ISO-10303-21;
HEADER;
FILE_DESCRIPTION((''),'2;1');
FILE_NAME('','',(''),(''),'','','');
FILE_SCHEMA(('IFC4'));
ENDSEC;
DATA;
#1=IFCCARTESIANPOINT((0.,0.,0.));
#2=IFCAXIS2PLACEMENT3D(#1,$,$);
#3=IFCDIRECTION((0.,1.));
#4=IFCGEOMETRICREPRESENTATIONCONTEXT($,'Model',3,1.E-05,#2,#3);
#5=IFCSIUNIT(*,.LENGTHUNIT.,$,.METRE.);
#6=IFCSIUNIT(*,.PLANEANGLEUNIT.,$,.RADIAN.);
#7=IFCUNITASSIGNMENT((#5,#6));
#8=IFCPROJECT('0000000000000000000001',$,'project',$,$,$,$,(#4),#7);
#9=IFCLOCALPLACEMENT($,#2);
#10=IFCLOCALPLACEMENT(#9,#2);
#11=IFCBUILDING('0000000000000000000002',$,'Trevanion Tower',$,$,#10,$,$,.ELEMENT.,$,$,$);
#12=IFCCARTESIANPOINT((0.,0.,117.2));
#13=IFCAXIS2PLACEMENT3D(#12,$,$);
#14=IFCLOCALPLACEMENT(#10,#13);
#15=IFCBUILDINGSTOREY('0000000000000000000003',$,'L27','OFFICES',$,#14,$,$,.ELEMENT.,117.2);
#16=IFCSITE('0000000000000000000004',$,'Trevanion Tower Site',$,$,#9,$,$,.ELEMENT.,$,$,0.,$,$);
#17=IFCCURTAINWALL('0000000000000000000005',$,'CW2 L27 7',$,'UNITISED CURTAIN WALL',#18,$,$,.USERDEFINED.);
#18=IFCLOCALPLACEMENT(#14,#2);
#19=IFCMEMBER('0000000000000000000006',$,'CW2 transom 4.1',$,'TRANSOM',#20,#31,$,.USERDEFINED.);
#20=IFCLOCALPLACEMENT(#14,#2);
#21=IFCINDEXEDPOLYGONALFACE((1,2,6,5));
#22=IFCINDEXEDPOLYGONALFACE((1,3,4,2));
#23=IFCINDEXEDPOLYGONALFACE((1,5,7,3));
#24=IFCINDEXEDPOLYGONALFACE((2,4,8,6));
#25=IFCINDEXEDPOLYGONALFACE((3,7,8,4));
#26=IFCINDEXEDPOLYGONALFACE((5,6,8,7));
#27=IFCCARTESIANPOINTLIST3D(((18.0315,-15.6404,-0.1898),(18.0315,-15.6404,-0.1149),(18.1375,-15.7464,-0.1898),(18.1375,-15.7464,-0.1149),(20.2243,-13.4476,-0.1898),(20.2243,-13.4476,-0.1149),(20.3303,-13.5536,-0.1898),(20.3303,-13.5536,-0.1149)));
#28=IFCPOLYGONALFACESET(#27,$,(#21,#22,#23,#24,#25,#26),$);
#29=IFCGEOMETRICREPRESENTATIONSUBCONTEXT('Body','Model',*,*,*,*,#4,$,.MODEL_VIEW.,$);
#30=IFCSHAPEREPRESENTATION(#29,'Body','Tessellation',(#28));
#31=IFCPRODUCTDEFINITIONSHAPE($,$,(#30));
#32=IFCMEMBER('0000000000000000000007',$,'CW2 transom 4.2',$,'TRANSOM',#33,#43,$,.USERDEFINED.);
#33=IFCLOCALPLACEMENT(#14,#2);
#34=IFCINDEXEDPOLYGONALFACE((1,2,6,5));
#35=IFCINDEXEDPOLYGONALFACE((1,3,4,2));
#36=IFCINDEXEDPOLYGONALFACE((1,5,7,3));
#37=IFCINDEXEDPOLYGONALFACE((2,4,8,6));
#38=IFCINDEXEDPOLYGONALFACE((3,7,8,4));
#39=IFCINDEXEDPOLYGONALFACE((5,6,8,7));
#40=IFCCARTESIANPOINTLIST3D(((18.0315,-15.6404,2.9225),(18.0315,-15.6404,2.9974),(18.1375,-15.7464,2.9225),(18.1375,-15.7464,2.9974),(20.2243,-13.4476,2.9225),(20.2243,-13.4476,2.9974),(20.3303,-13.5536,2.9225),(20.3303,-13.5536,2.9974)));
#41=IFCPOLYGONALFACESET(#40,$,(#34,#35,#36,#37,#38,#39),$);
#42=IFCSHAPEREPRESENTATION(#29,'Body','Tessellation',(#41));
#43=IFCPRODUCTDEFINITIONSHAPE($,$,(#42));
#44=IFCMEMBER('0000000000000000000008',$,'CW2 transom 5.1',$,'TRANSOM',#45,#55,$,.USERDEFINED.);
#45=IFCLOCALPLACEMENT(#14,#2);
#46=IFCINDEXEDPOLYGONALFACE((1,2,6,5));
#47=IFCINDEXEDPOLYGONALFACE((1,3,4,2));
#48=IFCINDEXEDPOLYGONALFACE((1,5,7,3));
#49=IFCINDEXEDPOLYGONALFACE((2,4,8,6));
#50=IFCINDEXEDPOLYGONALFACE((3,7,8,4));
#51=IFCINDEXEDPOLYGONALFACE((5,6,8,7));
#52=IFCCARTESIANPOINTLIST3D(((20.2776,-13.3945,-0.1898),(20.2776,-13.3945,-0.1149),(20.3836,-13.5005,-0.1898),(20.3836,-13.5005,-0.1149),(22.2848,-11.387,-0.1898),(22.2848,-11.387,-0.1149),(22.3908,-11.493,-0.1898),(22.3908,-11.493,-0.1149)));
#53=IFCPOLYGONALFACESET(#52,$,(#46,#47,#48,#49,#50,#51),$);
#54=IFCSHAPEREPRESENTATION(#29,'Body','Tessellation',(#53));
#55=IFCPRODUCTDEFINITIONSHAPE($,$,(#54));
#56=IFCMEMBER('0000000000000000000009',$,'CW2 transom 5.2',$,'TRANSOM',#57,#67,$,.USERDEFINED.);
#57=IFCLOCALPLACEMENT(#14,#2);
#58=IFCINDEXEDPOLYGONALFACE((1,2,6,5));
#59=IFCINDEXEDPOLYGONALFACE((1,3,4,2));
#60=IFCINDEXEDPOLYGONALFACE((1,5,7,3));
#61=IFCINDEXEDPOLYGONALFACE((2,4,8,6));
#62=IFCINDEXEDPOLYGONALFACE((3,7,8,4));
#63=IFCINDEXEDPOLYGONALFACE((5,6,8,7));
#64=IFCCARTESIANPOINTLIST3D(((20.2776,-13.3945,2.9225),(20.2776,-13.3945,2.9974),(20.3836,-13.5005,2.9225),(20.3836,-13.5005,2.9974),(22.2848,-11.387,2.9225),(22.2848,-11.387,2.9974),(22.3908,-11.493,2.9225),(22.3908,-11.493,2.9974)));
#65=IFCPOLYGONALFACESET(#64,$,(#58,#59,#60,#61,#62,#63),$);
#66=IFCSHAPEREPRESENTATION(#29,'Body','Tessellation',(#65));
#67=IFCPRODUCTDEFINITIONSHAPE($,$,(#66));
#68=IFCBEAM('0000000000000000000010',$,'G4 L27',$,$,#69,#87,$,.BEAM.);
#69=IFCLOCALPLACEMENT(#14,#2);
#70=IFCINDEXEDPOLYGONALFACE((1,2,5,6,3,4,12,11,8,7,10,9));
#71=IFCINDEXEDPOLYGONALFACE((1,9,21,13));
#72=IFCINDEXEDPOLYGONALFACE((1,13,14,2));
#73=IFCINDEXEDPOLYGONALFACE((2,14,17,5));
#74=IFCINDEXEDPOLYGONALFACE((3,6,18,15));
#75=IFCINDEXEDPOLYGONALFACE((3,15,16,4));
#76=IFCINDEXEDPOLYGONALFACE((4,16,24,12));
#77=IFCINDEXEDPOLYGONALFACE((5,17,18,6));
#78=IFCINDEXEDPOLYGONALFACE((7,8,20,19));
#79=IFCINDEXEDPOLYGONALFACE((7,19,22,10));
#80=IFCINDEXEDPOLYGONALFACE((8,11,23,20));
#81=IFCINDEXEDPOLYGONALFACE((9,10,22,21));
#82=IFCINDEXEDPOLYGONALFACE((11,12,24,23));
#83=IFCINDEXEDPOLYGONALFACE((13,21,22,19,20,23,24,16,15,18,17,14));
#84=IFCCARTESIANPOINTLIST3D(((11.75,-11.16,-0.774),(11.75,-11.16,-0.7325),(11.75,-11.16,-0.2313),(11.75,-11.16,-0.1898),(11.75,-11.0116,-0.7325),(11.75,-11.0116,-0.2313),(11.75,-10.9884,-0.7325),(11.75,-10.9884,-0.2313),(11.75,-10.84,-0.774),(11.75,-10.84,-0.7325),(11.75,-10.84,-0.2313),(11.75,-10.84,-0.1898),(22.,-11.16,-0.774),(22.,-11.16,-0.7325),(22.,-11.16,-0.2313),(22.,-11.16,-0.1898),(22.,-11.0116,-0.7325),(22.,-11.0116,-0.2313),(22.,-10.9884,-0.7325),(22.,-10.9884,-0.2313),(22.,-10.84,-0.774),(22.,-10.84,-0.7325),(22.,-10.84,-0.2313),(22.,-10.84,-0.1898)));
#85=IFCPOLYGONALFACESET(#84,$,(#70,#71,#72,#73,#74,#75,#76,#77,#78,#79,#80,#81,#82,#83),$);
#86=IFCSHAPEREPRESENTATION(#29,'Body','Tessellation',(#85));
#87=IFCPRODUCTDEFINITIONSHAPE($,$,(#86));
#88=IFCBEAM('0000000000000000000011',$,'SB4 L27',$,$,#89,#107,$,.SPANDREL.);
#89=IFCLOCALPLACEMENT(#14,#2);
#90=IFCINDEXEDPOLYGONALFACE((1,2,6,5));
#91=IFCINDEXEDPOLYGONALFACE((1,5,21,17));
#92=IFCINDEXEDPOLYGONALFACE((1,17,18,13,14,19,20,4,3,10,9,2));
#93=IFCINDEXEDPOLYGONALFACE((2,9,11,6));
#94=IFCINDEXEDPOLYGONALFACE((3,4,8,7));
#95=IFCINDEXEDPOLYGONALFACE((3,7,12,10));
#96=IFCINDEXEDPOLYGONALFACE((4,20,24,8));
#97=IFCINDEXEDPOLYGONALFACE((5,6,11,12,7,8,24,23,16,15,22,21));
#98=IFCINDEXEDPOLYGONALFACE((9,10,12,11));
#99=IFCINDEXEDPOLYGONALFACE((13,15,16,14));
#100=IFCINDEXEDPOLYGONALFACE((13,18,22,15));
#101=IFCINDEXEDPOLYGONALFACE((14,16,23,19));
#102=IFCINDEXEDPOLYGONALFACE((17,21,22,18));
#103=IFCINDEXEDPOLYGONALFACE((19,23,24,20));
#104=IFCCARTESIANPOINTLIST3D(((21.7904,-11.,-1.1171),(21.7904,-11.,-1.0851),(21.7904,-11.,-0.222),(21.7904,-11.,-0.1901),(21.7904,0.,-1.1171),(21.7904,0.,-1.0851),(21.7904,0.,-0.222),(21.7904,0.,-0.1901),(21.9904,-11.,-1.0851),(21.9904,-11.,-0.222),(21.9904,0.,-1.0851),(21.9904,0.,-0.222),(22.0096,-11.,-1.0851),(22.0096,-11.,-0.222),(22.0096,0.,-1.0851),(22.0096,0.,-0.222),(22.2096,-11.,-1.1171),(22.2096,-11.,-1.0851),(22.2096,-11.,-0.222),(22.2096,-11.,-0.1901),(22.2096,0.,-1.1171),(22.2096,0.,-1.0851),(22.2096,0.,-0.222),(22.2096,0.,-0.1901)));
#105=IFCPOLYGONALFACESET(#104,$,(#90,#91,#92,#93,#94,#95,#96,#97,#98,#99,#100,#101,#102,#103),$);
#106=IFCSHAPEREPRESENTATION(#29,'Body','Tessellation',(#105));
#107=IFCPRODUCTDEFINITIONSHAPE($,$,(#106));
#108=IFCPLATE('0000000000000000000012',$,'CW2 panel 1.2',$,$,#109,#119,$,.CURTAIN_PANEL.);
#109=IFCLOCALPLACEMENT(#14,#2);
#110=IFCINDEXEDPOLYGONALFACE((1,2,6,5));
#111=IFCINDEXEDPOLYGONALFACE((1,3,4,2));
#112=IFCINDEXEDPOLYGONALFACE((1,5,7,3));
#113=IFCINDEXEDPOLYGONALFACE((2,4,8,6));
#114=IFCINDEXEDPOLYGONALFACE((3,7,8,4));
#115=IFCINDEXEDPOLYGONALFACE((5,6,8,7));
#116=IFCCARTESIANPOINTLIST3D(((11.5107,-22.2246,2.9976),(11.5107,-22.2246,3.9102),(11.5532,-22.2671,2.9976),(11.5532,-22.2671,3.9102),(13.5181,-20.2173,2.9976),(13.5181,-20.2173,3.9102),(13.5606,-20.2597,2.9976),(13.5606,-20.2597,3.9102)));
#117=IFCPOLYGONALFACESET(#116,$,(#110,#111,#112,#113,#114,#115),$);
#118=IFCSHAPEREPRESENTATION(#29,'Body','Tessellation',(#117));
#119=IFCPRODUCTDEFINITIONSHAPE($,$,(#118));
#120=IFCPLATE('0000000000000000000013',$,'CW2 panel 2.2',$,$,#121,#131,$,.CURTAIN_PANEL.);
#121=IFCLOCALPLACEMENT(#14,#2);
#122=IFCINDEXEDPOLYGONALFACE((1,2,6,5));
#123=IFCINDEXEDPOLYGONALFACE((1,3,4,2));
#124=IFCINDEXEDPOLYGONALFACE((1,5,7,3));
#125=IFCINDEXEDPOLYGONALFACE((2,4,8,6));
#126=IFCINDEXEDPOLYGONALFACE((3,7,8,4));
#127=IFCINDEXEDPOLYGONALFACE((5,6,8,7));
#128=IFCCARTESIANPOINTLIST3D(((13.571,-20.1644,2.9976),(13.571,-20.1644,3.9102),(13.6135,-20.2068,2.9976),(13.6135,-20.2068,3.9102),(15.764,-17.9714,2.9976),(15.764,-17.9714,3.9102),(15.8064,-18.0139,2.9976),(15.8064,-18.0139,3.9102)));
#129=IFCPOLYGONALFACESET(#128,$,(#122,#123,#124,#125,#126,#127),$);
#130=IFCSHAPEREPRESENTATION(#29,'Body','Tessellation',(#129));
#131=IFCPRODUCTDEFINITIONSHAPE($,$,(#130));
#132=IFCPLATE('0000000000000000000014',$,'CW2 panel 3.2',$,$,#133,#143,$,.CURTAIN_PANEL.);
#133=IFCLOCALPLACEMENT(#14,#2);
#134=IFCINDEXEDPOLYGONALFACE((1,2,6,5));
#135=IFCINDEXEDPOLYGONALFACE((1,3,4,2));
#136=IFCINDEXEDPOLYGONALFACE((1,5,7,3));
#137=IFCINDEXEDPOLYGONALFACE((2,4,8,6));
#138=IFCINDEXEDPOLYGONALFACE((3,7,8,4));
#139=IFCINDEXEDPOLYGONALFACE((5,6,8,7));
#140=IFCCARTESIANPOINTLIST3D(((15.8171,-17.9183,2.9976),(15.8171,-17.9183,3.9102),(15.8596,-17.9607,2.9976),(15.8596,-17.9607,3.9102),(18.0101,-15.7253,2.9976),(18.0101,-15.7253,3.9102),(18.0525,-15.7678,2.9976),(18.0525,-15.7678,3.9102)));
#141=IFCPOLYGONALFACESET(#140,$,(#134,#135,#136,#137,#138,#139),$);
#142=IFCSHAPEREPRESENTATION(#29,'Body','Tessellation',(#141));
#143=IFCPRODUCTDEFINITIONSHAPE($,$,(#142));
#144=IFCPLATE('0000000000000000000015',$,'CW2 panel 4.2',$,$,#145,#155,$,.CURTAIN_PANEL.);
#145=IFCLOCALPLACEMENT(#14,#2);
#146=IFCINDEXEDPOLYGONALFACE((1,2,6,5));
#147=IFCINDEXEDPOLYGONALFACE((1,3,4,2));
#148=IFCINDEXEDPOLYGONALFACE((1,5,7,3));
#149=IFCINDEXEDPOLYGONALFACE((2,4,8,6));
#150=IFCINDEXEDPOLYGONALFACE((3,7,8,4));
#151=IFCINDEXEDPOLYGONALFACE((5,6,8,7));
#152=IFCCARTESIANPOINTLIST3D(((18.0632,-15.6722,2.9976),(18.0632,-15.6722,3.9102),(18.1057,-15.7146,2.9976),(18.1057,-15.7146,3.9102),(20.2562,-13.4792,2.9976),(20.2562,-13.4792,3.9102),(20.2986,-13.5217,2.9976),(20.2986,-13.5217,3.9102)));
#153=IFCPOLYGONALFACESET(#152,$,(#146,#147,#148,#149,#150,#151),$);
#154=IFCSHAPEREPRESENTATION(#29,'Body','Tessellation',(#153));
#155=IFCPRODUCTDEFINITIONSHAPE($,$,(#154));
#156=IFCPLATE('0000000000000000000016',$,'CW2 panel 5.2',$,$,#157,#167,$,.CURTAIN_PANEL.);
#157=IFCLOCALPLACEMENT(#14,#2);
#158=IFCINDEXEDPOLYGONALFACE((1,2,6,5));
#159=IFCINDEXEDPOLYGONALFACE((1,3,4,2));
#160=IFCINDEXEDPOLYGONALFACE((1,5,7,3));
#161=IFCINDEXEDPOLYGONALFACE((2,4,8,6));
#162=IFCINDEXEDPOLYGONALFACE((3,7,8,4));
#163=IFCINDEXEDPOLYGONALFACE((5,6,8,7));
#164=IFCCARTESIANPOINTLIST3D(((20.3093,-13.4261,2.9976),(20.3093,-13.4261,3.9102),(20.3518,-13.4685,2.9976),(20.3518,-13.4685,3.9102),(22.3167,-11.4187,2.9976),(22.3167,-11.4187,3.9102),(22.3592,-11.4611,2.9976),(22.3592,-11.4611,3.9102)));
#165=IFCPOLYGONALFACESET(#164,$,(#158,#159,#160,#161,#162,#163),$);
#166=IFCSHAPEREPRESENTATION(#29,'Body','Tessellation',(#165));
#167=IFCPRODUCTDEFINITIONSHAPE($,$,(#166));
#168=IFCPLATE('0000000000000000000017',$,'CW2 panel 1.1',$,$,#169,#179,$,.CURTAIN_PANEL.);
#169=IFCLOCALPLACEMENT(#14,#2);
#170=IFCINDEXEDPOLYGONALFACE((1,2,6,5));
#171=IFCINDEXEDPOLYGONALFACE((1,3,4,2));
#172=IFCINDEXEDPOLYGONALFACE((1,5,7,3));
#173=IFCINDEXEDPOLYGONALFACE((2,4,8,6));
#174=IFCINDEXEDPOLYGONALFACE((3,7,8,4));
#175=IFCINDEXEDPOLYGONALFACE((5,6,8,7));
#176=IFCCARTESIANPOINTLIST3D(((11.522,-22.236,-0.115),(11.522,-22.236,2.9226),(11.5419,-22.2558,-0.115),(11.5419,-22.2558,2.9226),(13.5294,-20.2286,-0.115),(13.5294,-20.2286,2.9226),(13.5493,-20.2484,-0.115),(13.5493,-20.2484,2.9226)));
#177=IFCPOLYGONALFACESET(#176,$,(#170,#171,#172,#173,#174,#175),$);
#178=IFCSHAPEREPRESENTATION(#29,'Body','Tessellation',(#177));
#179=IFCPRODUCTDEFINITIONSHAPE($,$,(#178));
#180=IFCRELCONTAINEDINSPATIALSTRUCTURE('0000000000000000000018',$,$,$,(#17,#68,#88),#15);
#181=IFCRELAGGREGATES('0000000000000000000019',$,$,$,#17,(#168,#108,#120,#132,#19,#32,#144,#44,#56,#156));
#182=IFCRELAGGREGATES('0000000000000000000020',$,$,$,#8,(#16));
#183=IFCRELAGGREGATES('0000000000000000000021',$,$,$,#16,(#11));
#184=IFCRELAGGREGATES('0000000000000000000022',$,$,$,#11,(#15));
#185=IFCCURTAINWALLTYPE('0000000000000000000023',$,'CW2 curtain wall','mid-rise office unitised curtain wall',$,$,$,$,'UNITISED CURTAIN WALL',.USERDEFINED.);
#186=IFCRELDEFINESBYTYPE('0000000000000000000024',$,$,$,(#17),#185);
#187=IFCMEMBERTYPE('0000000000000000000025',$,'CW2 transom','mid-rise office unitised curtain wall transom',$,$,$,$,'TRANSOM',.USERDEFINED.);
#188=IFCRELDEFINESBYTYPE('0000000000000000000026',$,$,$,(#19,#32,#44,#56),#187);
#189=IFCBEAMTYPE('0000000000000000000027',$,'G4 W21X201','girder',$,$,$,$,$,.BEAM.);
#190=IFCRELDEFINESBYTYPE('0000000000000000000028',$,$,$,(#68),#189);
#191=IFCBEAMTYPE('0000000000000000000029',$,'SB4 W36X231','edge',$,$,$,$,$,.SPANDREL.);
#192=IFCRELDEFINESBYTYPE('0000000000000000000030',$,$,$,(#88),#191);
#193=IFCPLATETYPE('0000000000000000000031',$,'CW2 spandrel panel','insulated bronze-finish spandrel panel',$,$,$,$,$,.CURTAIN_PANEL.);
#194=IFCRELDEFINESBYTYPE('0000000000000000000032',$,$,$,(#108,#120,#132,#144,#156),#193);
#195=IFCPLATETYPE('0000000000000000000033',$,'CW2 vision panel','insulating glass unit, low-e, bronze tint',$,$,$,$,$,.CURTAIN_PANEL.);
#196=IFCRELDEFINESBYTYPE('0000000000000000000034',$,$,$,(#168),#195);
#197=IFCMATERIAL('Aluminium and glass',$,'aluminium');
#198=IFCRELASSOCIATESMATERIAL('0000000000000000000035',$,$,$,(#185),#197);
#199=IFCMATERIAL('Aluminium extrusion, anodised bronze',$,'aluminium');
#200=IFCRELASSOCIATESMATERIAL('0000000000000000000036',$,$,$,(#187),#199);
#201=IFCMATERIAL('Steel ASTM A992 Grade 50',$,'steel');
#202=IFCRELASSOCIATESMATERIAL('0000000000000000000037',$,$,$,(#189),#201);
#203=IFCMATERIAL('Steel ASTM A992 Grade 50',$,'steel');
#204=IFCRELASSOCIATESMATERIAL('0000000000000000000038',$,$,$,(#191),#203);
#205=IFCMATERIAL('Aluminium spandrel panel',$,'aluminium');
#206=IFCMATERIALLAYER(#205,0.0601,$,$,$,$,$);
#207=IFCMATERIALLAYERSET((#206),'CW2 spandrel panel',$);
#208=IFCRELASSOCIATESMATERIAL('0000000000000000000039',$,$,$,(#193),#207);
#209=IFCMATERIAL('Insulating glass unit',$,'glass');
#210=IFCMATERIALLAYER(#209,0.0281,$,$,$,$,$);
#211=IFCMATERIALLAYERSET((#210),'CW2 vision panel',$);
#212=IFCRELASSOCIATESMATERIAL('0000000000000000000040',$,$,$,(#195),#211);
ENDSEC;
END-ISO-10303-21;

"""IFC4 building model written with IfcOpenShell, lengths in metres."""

from ifc_helpers import new_model, si_unit, direction, frame, origin, origin_2d, place, context, subcontext, project, spatial, rectangle, i_section, extrude, material, layer, layer_set, material_profile, profile_set, type_object, element, aggregate, save


model = new_model("IFC4")

# Units and contexts
model_context = context("Model", 3, precision=1e-05, world=origin(), true_north=direction((0.0, 1.0)))
body_context = subcontext(model_context, "Body", "Model", "MODEL_VIEW")
ifc_project = project(units=[si_unit("LENGTHUNIT", "METRE"), si_unit("PLANEANGLEUNIT", "RADIAN")], contexts=[model_context])

# Site, building, storey
site_placement = place(None, origin())
site = spatial("IfcSite", under=ifc_project, at=site_placement, Name="Trevanion Tower Site", CompositionType="ELEMENT", RefElevation=0.0)
building_placement = place(site_placement, origin())
building = spatial("IfcBuilding", under=site, at=building_placement, Name="Trevanion Tower", CompositionType="ELEMENT")
storey_placement = place(building_placement, frame((0.0, 0.0, 117.2)))
storey = spatial("IfcBuildingStorey", under=building, at=storey_placement, Name="L27", Description="OFFICES", CompositionType="ELEMENT", Elevation=117.2)

# Curtain wall, members
ifc_material_1 = material(Name="Aluminium and glass", Category="aluminium")
curtain_wall_type = type_object("IfcCurtainWallType", Name="CW2 curtain wall", Description="mid-rise office unitised curtain wall", ElementType="UNITISED CURTAIN WALL", PredefinedType="USERDEFINED", material=ifc_material_1)
curtain_wall_placement = place(storey_placement, origin())
curtain_wall = element("IfcCurtainWall", 1, at=curtain_wall_placement, inside=storey, type_object=curtain_wall_type, Name="CW2 L27 7", ObjectType="UNITISED CURTAIN WALL", PredefinedType="USERDEFINED")
ifc_material_2 = material(Name="Aluminium extrusion, anodised bronze", Category="aluminium")
ifc_material_profile_1 = material_profile(ifc_material_2, rectangle(XDim=0.1499, YDim=0.075, at=origin_2d()), Name="CW2 transom")
ifc_profile_set_1 = profile_set([ifc_material_profile_1], Name="Aluminium extrusion, anodised bronze")
member_type_1 = type_object("IfcMemberType", Name="CW2 transom", Description="mid-rise office unitised curtain wall transom", ElementType="TRANSOM", PredefinedType="USERDEFINED", material=ifc_profile_set_1)
member_1_placement = place(storey_placement, frame((18.0845, -15.6934, -0.1523), z_axis=(0.707107, 0.707107, 0.0), x_axis=(-0.707107, 0.707107, 0.0)))
member_1 = element("IfcMember", 2, at=member_1_placement, type_object=member_type_1, Name="CW2 transom 4.1", ObjectType="TRANSOM", PredefinedType="USERDEFINED", context=body_context, shape_type="SweptSolid", body=[
    extrude(rectangle(XDim=0.1499, YDim=0.075, at=origin_2d()), origin(), (0.0, 0.0, 1.0), 3.1011),
])
member_2_placement = place(storey_placement, frame((18.0845, -15.6934, 2.96), z_axis=(0.707107, 0.707107, 0.0), x_axis=(-0.707107, 0.707107, 0.0)))
member_2 = element("IfcMember", 3, at=member_2_placement, type_object=member_type_1, Name="CW2 transom 4.2", ObjectType="TRANSOM", PredefinedType="USERDEFINED", context=body_context, shape_type="SweptSolid", body=[
    extrude(rectangle(XDim=0.1499, YDim=0.075, at=origin_2d()), origin(), (0.0, 0.0, 1.0), 3.1011),
])
member_3_placement = place(storey_placement, frame((20.3306, -13.4475, -0.1523), z_axis=(0.707064, 0.70715, 0.0), x_axis=(-0.70715, 0.707064, 0.0)))
member_3 = element("IfcMember", 4, at=member_3_placement, type_object=member_type_1, Name="CW2 transom 5.1", ObjectType="TRANSOM", PredefinedType="USERDEFINED", context=body_context, shape_type="SweptSolid", body=[
    extrude(rectangle(XDim=0.1499, YDim=0.075, at=origin_2d()), origin(), (0.0, 0.0, 1.0), 2.8389),
])
member_4_placement = place(storey_placement, frame((20.3306, -13.4475, 2.96), z_axis=(0.707064, 0.70715, 0.0), x_axis=(-0.70715, 0.707064, 0.0)))
member_4 = element("IfcMember", 5, at=member_4_placement, type_object=member_type_1, Name="CW2 transom 5.2", ObjectType="TRANSOM", PredefinedType="USERDEFINED", context=body_context, shape_type="SweptSolid", body=[
    extrude(rectangle(XDim=0.1499, YDim=0.075, at=origin_2d()), origin(), (0.0, 0.0, 1.0), 2.8389),
])

# Beams
ifc_material_3 = material(Name="Steel ASTM A992 Grade 50", Category="steel")
ifc_material_profile_2 = material_profile(ifc_material_3, i_section(OverallWidth=0.3201, OverallDepth=0.5842, WebThickness=0.0232, FlangeThickness=0.0415, at=origin_2d()), Name="W21X201")
ifc_profile_set_2 = profile_set([ifc_material_profile_2], Name="Steel ASTM A992 Grade 50")
beam_type_1 = type_object("IfcBeamType", Name="G4 W21X201", Description="girder", PredefinedType="BEAM", material=ifc_profile_set_2)
beam_1_placement = place(storey_placement, frame((11.75, -11.0, -0.4819), z_axis=(1.0, 0.0, 0.0), x_axis=(0.0, 1.0, 0.0)))
element("IfcBeam", 6, at=beam_1_placement, inside=storey, type_object=beam_type_1, Name="G4 L27", PredefinedType="BEAM", context=body_context, shape_type="SweptSolid", body=[
    extrude(i_section(OverallWidth=0.3201, OverallDepth=0.5842, WebThickness=0.0232, FlangeThickness=0.0415, at=origin_2d()), origin(), (0.0, 0.0, 1.0), 10.25),
])
ifc_material_4 = material(Name="Steel ASTM A992 Grade 50", Category="steel")
ifc_material_profile_3 = material_profile(ifc_material_4, i_section(OverallWidth=0.4192, OverallDepth=0.927, WebThickness=0.0193, FlangeThickness=0.032, at=origin_2d()), Name="W36X231")
ifc_profile_set_3 = profile_set([ifc_material_profile_3], Name="Steel ASTM A992 Grade 50")
beam_type_2 = type_object("IfcBeamType", Name="SB4 W36X231", Description="edge", PredefinedType="SPANDREL", material=ifc_profile_set_3)
beam_2_placement = place(storey_placement, frame((22.0, -11.0, -0.6536), z_axis=(0.0, 1.0, 0.0), x_axis=(-1.0, 0.0, 0.0)))
element("IfcBeam", 7, at=beam_2_placement, inside=storey, type_object=beam_type_2, Name="SB4 L27", PredefinedType="SPANDREL", context=body_context, shape_type="SweptSolid", body=[
    extrude(i_section(OverallWidth=0.4192, OverallDepth=0.927, WebThickness=0.0193, FlangeThickness=0.032, at=origin_2d()), origin(), (0.0, 0.0, 1.0), 11.0),
])

# Plates
ifc_material_5 = material(Name="Aluminium spandrel panel", Category="aluminium")
ifc_layer_1 = layer(ifc_material_5, 0.0601)
ifc_layer_set_1 = layer_set([ifc_layer_1], Name="CW2 spandrel panel")
plate_type_1 = type_object("IfcPlateType", Name="CW2 spandrel panel", Description="insulated bronze-finish spandrel panel", PredefinedType="CURTAIN_PANEL", material=ifc_layer_set_1)
plate_1_placement = place(storey_placement, frame((12.5356, -21.2422, 2.9976), z_axis=(0.0, 0.0, 1.0), x_axis=(0.707107, 0.707107, 0.0)))
plate_1 = element("IfcPlate", 8, at=plate_1_placement, type_object=plate_type_1, Name="CW2 panel 1.2", PredefinedType="CURTAIN_PANEL", context=body_context, shape_type="SweptSolid", body=[
    extrude(rectangle(XDim=2.8389, YDim=0.0601, at=origin_2d()), origin(), (0.0, 0.0, 1.0), 0.9126),
])
plate_2_placement = place(storey_placement, frame((14.6887, -19.0891, 2.9976), z_axis=(0.0, 0.0, 1.0), x_axis=(0.707107, 0.707107, 0.0)))
plate_2 = element("IfcPlate", 9, at=plate_2_placement, type_object=plate_type_1, Name="CW2 panel 2.2", PredefinedType="CURTAIN_PANEL", context=body_context, shape_type="SweptSolid", body=[
    extrude(rectangle(XDim=3.1013, YDim=0.0601, at=origin_2d()), origin(), (0.0, 0.0, 1.0), 0.9126),
])
plate_3_placement = place(storey_placement, frame((16.9348, -16.843, 2.9976), z_axis=(0.0, 0.0, 1.0), x_axis=(0.707107, 0.707107, 0.0)))
plate_3 = element("IfcPlate", 10, at=plate_3_placement, type_object=plate_type_1, Name="CW2 panel 3.2", PredefinedType="CURTAIN_PANEL", context=body_context, shape_type="SweptSolid", body=[
    extrude(rectangle(XDim=3.1013, YDim=0.0601, at=origin_2d()), origin(), (0.0, 0.0, 1.0), 0.9126),
])
plate_4_placement = place(storey_placement, frame((19.1809, -14.5969, 2.9976), z_axis=(0.0, 0.0, 1.0), x_axis=(0.707107, 0.707107, 0.0)))
plate_4 = element("IfcPlate", 11, at=plate_4_placement, type_object=plate_type_1, Name="CW2 panel 4.2", PredefinedType="CURTAIN_PANEL", context=body_context, shape_type="SweptSolid", body=[
    extrude(rectangle(XDim=3.1013, YDim=0.0601, at=origin_2d()), origin(), (0.0, 0.0, 1.0), 0.9126),
])
plate_5_placement = place(storey_placement, frame((21.3342, -12.4436, 2.9976), z_axis=(0.0, 0.0, 1.0), x_axis=(0.707107, 0.707107, 0.0)))
plate_5 = element("IfcPlate", 12, at=plate_5_placement, type_object=plate_type_1, Name="CW2 panel 5.2", PredefinedType="CURTAIN_PANEL", context=body_context, shape_type="SweptSolid", body=[
    extrude(rectangle(XDim=2.8389, YDim=0.0601, at=origin_2d()), origin(), (0.0, 0.0, 1.0), 0.9126),
])
ifc_material_6 = material(Name="Insulating glass unit", Category="glass")
ifc_layer_2 = layer(ifc_material_6, 0.0281)
ifc_layer_set_2 = layer_set([ifc_layer_2], Name="CW2 vision panel")
plate_type_2 = type_object("IfcPlateType", Name="CW2 vision panel", Description="insulating glass unit, low-e, bronze tint", PredefinedType="CURTAIN_PANEL", material=ifc_layer_set_2)
plate_6_placement = place(storey_placement, frame((12.5356, -21.2422, -0.115), z_axis=(0.0, 0.0, 1.0), x_axis=(0.707107, 0.707107, 0.0)))
plate_6 = element("IfcPlate", 13, at=plate_6_placement, type_object=plate_type_2, Name="CW2 panel 1.1", PredefinedType="CURTAIN_PANEL", context=body_context, shape_type="SweptSolid", body=[
    extrude(rectangle(XDim=2.8389, YDim=0.0281, at=origin_2d()), origin(), (0.0, 0.0, 1.0), 3.0376),
])
aggregate(curtain_wall, [plate_6, plate_1, plate_2, plate_3, member_1, member_2, plate_4, member_3, member_4, plate_5])

save(model, "model.ifc")
